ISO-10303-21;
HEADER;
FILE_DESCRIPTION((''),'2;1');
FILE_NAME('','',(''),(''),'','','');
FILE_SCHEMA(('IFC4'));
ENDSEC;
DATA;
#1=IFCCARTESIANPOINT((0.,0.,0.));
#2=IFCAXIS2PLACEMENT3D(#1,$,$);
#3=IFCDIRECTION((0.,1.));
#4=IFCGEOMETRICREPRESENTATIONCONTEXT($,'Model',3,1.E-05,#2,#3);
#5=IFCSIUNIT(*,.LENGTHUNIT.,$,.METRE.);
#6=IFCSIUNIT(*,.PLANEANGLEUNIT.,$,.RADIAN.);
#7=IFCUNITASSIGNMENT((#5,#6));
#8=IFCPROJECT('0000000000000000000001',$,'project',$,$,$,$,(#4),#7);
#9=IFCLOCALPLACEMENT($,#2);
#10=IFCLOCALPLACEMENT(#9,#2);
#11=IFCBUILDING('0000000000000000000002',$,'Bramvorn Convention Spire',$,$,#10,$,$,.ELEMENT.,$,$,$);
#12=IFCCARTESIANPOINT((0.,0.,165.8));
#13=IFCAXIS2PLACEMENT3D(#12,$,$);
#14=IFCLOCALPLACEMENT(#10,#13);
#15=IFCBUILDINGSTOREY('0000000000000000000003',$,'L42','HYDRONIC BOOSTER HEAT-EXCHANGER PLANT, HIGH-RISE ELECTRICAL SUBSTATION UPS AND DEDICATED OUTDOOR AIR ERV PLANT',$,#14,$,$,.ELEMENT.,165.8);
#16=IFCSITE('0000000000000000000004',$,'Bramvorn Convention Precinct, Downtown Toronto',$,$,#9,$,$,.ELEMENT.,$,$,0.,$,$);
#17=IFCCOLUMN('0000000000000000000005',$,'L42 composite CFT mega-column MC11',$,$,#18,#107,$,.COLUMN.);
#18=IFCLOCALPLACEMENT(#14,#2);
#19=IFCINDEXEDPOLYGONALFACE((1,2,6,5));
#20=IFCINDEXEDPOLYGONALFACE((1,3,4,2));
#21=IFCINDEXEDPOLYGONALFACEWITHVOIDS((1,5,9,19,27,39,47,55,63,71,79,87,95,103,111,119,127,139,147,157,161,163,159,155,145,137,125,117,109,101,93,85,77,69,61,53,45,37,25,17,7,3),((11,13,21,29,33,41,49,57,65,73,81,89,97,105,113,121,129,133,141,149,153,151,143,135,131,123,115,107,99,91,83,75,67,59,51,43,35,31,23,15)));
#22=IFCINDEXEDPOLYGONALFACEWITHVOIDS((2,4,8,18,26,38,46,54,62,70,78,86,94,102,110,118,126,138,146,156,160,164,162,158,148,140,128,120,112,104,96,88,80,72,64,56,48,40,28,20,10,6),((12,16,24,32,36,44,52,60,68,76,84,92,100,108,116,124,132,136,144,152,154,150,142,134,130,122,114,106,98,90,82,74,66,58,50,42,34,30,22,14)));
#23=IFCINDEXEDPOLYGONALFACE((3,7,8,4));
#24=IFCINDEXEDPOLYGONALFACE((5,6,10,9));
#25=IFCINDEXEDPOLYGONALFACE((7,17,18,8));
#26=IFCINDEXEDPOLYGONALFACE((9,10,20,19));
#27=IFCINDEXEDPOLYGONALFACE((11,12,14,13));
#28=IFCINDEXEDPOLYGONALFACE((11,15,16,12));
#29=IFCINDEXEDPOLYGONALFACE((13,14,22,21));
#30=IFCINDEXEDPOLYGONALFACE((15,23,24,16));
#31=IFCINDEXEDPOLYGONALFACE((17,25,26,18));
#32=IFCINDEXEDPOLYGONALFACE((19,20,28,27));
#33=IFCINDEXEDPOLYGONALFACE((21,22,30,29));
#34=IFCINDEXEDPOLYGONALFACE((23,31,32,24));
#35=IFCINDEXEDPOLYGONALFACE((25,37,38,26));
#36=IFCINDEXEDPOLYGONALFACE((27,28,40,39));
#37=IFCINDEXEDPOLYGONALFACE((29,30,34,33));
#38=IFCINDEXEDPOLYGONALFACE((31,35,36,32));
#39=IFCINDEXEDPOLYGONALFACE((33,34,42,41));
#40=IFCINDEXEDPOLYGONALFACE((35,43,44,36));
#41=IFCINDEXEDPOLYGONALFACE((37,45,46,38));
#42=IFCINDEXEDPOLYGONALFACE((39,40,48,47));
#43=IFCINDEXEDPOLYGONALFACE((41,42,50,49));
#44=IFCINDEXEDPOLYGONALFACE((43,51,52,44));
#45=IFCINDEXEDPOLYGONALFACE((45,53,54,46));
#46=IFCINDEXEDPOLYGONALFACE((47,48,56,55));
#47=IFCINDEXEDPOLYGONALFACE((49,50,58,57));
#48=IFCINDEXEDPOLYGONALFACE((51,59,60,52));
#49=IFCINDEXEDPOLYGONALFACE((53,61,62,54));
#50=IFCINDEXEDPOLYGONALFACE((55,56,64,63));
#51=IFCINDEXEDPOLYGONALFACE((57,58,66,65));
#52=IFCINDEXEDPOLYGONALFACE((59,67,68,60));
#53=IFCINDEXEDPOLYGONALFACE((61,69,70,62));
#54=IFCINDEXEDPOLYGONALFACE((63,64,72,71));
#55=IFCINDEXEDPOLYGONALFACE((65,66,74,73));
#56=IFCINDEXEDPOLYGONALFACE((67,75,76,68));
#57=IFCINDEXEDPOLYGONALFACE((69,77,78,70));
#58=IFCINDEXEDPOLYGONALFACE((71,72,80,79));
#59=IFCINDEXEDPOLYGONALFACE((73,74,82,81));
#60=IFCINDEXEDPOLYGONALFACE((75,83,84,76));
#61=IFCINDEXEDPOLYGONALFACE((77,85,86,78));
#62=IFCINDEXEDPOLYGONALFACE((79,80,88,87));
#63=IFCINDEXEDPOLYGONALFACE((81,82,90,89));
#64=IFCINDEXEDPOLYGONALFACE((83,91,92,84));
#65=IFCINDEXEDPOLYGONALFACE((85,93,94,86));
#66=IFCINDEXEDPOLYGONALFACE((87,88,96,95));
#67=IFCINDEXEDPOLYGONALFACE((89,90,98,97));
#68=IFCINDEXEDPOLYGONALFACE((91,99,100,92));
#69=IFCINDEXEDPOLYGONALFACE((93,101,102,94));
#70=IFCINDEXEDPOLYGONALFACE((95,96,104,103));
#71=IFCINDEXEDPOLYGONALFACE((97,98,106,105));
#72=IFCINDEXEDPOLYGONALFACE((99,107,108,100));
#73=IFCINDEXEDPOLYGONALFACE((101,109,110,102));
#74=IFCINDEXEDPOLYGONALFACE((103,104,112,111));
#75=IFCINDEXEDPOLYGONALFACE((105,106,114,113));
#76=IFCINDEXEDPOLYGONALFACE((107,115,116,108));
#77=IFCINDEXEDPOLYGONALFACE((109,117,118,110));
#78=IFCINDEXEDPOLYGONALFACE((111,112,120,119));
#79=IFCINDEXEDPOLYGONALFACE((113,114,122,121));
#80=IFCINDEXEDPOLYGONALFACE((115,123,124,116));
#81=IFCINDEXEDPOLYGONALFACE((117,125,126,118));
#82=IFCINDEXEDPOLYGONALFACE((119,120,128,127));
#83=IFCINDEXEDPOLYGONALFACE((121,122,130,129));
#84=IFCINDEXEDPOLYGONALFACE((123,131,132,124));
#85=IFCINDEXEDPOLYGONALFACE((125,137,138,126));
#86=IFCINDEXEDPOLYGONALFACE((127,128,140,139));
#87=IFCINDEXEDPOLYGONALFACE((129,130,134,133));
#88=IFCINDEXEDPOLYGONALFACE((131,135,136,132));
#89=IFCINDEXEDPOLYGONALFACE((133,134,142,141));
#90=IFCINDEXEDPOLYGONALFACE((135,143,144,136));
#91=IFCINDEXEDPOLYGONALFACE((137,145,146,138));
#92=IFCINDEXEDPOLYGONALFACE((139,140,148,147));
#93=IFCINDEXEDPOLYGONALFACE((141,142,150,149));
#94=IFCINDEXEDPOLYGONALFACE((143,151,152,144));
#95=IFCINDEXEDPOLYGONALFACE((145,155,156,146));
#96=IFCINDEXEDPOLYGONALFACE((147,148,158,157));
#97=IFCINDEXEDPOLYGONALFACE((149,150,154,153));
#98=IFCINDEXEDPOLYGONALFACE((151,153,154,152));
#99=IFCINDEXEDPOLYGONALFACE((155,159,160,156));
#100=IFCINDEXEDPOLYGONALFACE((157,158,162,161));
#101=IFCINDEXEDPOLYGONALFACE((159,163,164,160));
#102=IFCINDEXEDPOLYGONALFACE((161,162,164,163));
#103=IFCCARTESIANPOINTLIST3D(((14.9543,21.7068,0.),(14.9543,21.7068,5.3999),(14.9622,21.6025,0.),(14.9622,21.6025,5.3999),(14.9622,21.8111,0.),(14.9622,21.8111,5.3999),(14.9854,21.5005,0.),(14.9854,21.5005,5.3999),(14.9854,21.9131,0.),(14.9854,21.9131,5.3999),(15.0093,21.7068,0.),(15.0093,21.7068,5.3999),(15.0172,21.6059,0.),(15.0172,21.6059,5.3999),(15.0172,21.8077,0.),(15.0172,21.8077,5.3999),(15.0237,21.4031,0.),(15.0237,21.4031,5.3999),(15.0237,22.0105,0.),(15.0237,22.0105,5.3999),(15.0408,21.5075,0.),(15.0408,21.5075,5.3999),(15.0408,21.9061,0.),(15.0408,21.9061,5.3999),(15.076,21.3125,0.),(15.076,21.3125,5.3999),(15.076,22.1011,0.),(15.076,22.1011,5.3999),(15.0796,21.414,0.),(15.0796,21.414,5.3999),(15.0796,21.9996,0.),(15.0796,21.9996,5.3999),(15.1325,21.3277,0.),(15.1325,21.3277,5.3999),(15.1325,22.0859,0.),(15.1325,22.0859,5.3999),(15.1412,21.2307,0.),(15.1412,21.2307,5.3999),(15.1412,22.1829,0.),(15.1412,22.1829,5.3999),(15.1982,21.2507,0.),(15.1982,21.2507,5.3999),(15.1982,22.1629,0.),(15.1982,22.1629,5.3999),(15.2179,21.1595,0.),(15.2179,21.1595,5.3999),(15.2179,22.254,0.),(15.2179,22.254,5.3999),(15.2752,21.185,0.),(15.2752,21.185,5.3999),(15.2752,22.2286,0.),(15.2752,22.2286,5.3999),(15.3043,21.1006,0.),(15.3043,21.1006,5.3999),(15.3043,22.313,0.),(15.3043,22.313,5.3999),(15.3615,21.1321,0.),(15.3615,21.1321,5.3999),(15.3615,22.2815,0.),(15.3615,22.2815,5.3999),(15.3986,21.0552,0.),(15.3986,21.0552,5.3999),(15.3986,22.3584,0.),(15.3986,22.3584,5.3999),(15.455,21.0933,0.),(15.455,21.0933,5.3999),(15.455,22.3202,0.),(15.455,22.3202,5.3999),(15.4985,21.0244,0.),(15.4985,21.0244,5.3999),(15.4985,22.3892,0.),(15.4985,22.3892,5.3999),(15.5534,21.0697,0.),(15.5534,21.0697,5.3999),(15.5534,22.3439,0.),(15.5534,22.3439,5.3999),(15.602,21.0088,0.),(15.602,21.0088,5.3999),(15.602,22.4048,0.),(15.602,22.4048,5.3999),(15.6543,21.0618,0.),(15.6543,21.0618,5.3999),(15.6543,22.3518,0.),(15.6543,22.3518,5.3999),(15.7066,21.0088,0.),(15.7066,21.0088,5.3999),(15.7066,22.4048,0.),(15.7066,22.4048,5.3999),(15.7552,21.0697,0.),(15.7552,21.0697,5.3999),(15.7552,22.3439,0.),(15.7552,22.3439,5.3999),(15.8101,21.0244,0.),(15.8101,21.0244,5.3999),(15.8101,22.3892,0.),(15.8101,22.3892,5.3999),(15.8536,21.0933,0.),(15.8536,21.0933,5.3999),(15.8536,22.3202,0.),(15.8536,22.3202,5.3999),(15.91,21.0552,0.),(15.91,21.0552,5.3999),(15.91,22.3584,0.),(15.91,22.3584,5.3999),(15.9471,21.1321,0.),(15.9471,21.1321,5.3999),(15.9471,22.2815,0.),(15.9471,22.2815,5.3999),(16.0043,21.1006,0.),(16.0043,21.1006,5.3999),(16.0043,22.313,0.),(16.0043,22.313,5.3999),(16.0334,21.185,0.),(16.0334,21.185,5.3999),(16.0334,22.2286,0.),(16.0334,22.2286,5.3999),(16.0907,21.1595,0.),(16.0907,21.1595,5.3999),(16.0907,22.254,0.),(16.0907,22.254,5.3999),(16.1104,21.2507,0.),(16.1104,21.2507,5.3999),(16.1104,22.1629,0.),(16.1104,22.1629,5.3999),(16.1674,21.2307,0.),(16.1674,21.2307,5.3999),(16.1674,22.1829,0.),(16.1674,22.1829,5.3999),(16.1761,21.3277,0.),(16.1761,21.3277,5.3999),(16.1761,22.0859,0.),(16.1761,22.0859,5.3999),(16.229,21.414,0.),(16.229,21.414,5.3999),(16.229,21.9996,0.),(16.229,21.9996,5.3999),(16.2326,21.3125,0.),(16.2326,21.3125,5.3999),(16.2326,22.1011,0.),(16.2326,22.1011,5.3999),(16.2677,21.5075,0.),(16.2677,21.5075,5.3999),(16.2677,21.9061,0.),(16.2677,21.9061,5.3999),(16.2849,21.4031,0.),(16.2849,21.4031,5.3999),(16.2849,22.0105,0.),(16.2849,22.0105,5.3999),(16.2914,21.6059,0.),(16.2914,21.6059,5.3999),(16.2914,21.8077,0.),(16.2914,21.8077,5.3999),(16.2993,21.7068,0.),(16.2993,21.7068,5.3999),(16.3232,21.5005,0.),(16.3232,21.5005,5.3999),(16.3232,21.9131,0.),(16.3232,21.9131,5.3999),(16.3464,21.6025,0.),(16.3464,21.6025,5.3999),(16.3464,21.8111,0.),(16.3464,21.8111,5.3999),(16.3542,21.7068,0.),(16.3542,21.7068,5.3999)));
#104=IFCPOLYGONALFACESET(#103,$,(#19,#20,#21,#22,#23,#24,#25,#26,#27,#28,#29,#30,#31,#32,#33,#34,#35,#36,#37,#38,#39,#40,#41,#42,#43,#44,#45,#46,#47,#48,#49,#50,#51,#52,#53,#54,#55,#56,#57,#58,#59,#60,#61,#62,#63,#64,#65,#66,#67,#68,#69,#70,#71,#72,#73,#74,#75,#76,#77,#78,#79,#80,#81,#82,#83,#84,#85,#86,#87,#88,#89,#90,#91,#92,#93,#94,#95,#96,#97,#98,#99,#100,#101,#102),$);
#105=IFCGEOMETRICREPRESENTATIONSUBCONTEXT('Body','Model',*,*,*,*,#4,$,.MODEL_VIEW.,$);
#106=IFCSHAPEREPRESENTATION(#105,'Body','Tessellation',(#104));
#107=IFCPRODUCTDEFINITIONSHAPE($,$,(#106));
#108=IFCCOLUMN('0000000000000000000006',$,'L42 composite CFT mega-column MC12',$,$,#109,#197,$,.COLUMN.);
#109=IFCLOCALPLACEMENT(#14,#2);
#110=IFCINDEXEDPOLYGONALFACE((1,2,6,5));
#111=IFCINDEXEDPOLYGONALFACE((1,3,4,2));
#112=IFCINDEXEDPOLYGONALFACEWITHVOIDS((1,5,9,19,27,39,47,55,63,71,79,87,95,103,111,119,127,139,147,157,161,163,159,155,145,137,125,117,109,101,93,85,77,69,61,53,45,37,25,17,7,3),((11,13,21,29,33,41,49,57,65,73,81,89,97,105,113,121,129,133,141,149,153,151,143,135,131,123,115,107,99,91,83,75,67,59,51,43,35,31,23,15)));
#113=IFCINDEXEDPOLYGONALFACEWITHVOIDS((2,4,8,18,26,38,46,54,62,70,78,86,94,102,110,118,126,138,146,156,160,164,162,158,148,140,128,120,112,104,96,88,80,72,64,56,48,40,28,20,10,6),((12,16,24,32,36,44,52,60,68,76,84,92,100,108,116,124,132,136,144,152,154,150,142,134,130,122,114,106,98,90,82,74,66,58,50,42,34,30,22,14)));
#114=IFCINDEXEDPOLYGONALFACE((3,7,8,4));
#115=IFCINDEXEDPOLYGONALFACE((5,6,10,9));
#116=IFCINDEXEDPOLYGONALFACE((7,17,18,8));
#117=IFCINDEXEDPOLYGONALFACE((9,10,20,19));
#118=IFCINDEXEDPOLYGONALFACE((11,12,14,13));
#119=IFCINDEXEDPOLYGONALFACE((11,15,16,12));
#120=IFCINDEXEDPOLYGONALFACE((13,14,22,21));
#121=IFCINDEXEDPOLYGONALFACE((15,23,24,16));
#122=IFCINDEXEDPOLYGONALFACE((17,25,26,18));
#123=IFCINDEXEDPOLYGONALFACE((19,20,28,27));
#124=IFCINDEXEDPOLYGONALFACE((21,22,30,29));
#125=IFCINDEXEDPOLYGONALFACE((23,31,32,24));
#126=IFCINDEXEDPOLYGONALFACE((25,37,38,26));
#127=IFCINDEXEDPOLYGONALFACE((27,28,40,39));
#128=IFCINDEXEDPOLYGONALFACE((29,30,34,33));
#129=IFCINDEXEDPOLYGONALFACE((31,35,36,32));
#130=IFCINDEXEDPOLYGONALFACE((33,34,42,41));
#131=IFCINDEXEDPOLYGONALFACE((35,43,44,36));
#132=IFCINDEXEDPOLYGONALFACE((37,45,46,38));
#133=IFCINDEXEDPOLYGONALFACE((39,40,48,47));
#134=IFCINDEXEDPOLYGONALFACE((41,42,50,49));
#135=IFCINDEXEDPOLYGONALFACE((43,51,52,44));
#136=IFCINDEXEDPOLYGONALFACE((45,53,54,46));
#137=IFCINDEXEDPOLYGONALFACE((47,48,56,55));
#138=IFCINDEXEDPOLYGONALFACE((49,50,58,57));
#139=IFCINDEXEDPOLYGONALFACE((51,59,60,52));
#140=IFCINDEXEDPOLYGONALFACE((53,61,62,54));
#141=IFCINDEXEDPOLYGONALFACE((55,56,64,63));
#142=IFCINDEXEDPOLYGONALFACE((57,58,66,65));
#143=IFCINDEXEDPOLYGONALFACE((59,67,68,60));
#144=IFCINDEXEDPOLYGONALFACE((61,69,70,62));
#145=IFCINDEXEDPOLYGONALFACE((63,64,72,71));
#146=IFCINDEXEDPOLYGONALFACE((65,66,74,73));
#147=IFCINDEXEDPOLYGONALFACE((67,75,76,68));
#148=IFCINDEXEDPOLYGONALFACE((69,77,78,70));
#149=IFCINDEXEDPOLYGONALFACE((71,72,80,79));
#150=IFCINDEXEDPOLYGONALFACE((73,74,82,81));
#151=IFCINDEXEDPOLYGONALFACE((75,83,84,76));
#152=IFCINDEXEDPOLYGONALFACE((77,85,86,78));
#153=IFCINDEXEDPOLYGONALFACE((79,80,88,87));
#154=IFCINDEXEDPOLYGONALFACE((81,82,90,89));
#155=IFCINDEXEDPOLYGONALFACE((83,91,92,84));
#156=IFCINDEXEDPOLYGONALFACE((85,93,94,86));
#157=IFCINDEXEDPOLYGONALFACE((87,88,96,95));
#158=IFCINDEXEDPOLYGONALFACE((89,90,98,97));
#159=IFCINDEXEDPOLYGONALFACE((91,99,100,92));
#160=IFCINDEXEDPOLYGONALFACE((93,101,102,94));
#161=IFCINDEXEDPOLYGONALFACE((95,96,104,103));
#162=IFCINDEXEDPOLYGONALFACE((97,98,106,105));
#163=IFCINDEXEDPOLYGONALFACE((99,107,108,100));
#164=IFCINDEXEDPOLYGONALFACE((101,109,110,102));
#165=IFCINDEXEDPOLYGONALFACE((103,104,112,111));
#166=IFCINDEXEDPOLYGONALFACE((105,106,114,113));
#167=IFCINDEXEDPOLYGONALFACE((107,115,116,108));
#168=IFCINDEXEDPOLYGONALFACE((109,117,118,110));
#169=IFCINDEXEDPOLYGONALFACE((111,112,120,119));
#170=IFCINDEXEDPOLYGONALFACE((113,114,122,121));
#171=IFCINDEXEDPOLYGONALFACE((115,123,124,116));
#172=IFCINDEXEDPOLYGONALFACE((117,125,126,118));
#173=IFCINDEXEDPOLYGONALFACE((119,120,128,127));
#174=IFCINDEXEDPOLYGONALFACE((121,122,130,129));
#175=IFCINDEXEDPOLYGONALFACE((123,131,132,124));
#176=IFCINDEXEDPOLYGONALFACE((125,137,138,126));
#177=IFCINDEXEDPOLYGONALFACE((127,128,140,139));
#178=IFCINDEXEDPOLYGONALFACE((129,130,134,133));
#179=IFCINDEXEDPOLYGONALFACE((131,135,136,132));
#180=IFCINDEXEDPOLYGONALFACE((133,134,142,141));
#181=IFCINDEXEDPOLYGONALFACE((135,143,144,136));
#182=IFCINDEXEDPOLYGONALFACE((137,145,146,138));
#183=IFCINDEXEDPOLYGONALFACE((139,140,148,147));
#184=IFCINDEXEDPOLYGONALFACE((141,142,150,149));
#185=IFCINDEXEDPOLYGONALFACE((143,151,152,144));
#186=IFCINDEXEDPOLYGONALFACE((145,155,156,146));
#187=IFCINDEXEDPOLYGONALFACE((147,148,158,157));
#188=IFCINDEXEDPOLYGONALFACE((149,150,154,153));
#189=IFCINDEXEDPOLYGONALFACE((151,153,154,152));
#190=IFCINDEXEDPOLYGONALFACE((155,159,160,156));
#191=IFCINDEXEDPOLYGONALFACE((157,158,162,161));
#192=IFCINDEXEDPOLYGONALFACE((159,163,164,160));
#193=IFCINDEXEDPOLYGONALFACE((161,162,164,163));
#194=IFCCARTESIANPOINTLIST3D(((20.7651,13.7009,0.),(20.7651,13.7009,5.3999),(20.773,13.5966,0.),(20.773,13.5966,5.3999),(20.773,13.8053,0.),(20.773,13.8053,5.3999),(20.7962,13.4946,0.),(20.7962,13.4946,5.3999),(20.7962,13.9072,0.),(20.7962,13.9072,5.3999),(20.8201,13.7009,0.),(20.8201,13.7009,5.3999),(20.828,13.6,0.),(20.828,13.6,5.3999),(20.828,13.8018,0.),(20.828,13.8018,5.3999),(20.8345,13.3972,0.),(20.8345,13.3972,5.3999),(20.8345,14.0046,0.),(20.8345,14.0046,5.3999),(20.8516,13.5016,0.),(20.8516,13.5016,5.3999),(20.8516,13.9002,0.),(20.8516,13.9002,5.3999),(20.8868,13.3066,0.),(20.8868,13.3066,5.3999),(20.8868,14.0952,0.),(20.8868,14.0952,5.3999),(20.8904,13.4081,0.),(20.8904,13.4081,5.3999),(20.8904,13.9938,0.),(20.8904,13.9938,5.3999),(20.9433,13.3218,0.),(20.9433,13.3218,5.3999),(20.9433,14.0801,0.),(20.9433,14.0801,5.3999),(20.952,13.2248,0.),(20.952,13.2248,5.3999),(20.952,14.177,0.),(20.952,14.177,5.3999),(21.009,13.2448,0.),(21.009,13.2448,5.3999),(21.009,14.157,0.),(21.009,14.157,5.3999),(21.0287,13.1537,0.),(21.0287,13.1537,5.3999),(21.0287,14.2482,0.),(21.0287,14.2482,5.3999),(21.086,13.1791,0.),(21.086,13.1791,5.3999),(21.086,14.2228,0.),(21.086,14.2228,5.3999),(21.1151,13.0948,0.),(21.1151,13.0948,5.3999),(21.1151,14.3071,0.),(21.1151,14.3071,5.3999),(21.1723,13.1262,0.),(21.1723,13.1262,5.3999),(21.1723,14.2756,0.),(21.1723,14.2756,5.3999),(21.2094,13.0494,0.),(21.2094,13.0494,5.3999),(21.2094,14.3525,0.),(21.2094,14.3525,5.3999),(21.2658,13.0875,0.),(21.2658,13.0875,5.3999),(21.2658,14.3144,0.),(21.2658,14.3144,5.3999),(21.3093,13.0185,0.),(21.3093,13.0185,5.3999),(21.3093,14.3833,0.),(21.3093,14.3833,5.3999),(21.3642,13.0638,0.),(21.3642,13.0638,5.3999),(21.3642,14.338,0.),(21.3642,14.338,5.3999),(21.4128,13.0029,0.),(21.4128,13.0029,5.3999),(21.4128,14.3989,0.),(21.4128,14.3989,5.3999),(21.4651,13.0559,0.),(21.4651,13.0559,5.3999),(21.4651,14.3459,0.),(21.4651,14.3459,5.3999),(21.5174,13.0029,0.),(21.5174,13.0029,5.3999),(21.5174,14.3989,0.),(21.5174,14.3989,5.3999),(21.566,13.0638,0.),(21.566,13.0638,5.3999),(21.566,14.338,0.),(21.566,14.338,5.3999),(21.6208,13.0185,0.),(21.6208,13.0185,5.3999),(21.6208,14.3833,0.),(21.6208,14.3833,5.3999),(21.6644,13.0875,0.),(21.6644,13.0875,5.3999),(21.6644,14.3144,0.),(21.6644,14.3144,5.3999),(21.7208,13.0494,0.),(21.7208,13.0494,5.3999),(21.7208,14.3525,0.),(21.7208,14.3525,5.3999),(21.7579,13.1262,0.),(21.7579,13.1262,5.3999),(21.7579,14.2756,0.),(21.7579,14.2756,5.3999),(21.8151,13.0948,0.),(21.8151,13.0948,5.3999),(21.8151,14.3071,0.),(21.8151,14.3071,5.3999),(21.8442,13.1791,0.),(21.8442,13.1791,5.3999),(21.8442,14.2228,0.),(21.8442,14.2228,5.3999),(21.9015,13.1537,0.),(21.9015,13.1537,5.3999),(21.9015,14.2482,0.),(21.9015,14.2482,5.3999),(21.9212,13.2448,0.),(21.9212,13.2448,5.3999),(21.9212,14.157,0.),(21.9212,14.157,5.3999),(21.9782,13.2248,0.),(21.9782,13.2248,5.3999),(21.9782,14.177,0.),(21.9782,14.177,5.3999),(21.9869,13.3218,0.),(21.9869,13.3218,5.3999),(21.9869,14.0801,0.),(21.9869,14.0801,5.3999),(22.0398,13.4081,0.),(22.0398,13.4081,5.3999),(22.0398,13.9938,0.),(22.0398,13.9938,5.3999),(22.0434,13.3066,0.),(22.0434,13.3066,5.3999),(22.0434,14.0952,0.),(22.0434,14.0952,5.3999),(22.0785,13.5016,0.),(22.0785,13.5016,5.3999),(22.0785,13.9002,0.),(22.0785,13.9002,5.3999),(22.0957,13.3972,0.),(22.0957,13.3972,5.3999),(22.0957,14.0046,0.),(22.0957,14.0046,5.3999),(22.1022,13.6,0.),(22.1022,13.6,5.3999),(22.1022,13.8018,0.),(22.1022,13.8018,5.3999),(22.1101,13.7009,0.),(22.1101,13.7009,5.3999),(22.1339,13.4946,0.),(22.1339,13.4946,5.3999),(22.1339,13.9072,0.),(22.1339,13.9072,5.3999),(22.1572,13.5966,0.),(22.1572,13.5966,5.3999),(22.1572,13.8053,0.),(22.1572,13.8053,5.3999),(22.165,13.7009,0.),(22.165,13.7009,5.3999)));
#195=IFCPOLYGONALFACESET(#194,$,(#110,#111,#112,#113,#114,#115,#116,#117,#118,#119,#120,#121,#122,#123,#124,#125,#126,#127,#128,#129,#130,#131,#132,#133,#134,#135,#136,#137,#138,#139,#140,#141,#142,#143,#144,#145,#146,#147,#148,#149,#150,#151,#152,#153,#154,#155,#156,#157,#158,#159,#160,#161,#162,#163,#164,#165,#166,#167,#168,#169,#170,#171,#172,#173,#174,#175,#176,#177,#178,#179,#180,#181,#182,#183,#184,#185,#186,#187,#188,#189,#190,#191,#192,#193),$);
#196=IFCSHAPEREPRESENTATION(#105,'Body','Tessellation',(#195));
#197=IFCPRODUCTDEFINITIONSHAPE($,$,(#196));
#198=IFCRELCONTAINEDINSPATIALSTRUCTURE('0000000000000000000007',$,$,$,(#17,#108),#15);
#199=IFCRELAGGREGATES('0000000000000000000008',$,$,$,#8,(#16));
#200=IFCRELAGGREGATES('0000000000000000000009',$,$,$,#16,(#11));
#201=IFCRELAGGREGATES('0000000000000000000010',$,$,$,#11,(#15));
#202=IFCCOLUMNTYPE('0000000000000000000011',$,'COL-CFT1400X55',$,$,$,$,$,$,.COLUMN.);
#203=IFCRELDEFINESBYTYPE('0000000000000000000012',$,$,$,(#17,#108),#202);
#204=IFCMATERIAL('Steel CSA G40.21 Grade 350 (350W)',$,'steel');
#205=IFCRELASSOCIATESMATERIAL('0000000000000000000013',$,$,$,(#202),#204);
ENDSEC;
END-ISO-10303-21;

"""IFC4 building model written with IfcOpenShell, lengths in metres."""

from ifc_helpers import new_model, si_unit, direction, frame, origin, origin_2d, place, context, subcontext, project, spatial, hollow_circle, extrude, material, material_profile, profile_set, type_object, element, save


model = new_model("IFC4")

# Units and contexts
model_context = context("Model", 3, precision=1e-05, world=origin(), true_north=direction((0.0, 1.0)))
body_context = subcontext(model_context, "Body", "Model", "MODEL_VIEW")
ifc_project = project(units=[si_unit("LENGTHUNIT", "METRE"), si_unit("PLANEANGLEUNIT", "RADIAN")], contexts=[model_context])

# Site, building, storey
site_placement = place(None, origin())
site = spatial("IfcSite", under=ifc_project, at=site_placement, Name="Bramvorn Convention Precinct, Downtown Toronto", CompositionType="ELEMENT", RefElevation=0.0)
building_placement = place(site_placement, origin())
building = spatial("IfcBuilding", under=site, at=building_placement, Name="Bramvorn Convention Spire", CompositionType="ELEMENT")
storey_placement = place(building_placement, frame((0.0, 0.0, 165.8)))
storey = spatial("IfcBuildingStorey", under=building, at=storey_placement, Name="L42", Description="HYDRONIC BOOSTER HEAT-EXCHANGER PLANT, HIGH-RISE ELECTRICAL SUBSTATION UPS AND DEDICATED OUTDOOR AIR ERV PLANT", CompositionType="ELEMENT", Elevation=165.8)

# Columns
ifc_material_1 = material(Name="Steel CSA G40.21 Grade 350 (350W)", Category="steel")
ifc_material_profile_1 = material_profile(ifc_material_1, hollow_circle(Radius=0.7, WallThickness=0.0549, at=origin_2d()))
ifc_profile_set_1 = profile_set([ifc_material_profile_1], Name="Steel CSA G40.21 Grade 350 (350W) - CFT1400X55")
column_type = type_object("IfcColumnType", Name="COL-CFT1400X55", PredefinedType="COLUMN", material=ifc_profile_set_1)
for number, where, z_axis, x_axis, name in (
    (1, (15.6543, 21.7068, 0.0), (0.0, 0.0, 1.0), (1.0, 0.0, 0.0), "L42 composite CFT mega-column MC11"),
    (2, (21.4651, 13.7009, 0.0), (0.0, 0.0, 1.0), (1.0, 0.0, 0.0), "L42 composite CFT mega-column MC12"),
):
    element("IfcColumn", number, at=place(storey_placement, frame(where, z_axis=z_axis, x_axis=x_axis)), inside=storey, type_object=column_type, Name=name, PredefinedType="COLUMN", context=body_context, shape_type="SweptSolid", body=[
        extrude(hollow_circle(Radius=0.7, WallThickness=0.0549, at=origin_2d()), origin(), (0.0, 0.0, 1.0), 5.3999),
    ])

save(model, "model.ifc")
